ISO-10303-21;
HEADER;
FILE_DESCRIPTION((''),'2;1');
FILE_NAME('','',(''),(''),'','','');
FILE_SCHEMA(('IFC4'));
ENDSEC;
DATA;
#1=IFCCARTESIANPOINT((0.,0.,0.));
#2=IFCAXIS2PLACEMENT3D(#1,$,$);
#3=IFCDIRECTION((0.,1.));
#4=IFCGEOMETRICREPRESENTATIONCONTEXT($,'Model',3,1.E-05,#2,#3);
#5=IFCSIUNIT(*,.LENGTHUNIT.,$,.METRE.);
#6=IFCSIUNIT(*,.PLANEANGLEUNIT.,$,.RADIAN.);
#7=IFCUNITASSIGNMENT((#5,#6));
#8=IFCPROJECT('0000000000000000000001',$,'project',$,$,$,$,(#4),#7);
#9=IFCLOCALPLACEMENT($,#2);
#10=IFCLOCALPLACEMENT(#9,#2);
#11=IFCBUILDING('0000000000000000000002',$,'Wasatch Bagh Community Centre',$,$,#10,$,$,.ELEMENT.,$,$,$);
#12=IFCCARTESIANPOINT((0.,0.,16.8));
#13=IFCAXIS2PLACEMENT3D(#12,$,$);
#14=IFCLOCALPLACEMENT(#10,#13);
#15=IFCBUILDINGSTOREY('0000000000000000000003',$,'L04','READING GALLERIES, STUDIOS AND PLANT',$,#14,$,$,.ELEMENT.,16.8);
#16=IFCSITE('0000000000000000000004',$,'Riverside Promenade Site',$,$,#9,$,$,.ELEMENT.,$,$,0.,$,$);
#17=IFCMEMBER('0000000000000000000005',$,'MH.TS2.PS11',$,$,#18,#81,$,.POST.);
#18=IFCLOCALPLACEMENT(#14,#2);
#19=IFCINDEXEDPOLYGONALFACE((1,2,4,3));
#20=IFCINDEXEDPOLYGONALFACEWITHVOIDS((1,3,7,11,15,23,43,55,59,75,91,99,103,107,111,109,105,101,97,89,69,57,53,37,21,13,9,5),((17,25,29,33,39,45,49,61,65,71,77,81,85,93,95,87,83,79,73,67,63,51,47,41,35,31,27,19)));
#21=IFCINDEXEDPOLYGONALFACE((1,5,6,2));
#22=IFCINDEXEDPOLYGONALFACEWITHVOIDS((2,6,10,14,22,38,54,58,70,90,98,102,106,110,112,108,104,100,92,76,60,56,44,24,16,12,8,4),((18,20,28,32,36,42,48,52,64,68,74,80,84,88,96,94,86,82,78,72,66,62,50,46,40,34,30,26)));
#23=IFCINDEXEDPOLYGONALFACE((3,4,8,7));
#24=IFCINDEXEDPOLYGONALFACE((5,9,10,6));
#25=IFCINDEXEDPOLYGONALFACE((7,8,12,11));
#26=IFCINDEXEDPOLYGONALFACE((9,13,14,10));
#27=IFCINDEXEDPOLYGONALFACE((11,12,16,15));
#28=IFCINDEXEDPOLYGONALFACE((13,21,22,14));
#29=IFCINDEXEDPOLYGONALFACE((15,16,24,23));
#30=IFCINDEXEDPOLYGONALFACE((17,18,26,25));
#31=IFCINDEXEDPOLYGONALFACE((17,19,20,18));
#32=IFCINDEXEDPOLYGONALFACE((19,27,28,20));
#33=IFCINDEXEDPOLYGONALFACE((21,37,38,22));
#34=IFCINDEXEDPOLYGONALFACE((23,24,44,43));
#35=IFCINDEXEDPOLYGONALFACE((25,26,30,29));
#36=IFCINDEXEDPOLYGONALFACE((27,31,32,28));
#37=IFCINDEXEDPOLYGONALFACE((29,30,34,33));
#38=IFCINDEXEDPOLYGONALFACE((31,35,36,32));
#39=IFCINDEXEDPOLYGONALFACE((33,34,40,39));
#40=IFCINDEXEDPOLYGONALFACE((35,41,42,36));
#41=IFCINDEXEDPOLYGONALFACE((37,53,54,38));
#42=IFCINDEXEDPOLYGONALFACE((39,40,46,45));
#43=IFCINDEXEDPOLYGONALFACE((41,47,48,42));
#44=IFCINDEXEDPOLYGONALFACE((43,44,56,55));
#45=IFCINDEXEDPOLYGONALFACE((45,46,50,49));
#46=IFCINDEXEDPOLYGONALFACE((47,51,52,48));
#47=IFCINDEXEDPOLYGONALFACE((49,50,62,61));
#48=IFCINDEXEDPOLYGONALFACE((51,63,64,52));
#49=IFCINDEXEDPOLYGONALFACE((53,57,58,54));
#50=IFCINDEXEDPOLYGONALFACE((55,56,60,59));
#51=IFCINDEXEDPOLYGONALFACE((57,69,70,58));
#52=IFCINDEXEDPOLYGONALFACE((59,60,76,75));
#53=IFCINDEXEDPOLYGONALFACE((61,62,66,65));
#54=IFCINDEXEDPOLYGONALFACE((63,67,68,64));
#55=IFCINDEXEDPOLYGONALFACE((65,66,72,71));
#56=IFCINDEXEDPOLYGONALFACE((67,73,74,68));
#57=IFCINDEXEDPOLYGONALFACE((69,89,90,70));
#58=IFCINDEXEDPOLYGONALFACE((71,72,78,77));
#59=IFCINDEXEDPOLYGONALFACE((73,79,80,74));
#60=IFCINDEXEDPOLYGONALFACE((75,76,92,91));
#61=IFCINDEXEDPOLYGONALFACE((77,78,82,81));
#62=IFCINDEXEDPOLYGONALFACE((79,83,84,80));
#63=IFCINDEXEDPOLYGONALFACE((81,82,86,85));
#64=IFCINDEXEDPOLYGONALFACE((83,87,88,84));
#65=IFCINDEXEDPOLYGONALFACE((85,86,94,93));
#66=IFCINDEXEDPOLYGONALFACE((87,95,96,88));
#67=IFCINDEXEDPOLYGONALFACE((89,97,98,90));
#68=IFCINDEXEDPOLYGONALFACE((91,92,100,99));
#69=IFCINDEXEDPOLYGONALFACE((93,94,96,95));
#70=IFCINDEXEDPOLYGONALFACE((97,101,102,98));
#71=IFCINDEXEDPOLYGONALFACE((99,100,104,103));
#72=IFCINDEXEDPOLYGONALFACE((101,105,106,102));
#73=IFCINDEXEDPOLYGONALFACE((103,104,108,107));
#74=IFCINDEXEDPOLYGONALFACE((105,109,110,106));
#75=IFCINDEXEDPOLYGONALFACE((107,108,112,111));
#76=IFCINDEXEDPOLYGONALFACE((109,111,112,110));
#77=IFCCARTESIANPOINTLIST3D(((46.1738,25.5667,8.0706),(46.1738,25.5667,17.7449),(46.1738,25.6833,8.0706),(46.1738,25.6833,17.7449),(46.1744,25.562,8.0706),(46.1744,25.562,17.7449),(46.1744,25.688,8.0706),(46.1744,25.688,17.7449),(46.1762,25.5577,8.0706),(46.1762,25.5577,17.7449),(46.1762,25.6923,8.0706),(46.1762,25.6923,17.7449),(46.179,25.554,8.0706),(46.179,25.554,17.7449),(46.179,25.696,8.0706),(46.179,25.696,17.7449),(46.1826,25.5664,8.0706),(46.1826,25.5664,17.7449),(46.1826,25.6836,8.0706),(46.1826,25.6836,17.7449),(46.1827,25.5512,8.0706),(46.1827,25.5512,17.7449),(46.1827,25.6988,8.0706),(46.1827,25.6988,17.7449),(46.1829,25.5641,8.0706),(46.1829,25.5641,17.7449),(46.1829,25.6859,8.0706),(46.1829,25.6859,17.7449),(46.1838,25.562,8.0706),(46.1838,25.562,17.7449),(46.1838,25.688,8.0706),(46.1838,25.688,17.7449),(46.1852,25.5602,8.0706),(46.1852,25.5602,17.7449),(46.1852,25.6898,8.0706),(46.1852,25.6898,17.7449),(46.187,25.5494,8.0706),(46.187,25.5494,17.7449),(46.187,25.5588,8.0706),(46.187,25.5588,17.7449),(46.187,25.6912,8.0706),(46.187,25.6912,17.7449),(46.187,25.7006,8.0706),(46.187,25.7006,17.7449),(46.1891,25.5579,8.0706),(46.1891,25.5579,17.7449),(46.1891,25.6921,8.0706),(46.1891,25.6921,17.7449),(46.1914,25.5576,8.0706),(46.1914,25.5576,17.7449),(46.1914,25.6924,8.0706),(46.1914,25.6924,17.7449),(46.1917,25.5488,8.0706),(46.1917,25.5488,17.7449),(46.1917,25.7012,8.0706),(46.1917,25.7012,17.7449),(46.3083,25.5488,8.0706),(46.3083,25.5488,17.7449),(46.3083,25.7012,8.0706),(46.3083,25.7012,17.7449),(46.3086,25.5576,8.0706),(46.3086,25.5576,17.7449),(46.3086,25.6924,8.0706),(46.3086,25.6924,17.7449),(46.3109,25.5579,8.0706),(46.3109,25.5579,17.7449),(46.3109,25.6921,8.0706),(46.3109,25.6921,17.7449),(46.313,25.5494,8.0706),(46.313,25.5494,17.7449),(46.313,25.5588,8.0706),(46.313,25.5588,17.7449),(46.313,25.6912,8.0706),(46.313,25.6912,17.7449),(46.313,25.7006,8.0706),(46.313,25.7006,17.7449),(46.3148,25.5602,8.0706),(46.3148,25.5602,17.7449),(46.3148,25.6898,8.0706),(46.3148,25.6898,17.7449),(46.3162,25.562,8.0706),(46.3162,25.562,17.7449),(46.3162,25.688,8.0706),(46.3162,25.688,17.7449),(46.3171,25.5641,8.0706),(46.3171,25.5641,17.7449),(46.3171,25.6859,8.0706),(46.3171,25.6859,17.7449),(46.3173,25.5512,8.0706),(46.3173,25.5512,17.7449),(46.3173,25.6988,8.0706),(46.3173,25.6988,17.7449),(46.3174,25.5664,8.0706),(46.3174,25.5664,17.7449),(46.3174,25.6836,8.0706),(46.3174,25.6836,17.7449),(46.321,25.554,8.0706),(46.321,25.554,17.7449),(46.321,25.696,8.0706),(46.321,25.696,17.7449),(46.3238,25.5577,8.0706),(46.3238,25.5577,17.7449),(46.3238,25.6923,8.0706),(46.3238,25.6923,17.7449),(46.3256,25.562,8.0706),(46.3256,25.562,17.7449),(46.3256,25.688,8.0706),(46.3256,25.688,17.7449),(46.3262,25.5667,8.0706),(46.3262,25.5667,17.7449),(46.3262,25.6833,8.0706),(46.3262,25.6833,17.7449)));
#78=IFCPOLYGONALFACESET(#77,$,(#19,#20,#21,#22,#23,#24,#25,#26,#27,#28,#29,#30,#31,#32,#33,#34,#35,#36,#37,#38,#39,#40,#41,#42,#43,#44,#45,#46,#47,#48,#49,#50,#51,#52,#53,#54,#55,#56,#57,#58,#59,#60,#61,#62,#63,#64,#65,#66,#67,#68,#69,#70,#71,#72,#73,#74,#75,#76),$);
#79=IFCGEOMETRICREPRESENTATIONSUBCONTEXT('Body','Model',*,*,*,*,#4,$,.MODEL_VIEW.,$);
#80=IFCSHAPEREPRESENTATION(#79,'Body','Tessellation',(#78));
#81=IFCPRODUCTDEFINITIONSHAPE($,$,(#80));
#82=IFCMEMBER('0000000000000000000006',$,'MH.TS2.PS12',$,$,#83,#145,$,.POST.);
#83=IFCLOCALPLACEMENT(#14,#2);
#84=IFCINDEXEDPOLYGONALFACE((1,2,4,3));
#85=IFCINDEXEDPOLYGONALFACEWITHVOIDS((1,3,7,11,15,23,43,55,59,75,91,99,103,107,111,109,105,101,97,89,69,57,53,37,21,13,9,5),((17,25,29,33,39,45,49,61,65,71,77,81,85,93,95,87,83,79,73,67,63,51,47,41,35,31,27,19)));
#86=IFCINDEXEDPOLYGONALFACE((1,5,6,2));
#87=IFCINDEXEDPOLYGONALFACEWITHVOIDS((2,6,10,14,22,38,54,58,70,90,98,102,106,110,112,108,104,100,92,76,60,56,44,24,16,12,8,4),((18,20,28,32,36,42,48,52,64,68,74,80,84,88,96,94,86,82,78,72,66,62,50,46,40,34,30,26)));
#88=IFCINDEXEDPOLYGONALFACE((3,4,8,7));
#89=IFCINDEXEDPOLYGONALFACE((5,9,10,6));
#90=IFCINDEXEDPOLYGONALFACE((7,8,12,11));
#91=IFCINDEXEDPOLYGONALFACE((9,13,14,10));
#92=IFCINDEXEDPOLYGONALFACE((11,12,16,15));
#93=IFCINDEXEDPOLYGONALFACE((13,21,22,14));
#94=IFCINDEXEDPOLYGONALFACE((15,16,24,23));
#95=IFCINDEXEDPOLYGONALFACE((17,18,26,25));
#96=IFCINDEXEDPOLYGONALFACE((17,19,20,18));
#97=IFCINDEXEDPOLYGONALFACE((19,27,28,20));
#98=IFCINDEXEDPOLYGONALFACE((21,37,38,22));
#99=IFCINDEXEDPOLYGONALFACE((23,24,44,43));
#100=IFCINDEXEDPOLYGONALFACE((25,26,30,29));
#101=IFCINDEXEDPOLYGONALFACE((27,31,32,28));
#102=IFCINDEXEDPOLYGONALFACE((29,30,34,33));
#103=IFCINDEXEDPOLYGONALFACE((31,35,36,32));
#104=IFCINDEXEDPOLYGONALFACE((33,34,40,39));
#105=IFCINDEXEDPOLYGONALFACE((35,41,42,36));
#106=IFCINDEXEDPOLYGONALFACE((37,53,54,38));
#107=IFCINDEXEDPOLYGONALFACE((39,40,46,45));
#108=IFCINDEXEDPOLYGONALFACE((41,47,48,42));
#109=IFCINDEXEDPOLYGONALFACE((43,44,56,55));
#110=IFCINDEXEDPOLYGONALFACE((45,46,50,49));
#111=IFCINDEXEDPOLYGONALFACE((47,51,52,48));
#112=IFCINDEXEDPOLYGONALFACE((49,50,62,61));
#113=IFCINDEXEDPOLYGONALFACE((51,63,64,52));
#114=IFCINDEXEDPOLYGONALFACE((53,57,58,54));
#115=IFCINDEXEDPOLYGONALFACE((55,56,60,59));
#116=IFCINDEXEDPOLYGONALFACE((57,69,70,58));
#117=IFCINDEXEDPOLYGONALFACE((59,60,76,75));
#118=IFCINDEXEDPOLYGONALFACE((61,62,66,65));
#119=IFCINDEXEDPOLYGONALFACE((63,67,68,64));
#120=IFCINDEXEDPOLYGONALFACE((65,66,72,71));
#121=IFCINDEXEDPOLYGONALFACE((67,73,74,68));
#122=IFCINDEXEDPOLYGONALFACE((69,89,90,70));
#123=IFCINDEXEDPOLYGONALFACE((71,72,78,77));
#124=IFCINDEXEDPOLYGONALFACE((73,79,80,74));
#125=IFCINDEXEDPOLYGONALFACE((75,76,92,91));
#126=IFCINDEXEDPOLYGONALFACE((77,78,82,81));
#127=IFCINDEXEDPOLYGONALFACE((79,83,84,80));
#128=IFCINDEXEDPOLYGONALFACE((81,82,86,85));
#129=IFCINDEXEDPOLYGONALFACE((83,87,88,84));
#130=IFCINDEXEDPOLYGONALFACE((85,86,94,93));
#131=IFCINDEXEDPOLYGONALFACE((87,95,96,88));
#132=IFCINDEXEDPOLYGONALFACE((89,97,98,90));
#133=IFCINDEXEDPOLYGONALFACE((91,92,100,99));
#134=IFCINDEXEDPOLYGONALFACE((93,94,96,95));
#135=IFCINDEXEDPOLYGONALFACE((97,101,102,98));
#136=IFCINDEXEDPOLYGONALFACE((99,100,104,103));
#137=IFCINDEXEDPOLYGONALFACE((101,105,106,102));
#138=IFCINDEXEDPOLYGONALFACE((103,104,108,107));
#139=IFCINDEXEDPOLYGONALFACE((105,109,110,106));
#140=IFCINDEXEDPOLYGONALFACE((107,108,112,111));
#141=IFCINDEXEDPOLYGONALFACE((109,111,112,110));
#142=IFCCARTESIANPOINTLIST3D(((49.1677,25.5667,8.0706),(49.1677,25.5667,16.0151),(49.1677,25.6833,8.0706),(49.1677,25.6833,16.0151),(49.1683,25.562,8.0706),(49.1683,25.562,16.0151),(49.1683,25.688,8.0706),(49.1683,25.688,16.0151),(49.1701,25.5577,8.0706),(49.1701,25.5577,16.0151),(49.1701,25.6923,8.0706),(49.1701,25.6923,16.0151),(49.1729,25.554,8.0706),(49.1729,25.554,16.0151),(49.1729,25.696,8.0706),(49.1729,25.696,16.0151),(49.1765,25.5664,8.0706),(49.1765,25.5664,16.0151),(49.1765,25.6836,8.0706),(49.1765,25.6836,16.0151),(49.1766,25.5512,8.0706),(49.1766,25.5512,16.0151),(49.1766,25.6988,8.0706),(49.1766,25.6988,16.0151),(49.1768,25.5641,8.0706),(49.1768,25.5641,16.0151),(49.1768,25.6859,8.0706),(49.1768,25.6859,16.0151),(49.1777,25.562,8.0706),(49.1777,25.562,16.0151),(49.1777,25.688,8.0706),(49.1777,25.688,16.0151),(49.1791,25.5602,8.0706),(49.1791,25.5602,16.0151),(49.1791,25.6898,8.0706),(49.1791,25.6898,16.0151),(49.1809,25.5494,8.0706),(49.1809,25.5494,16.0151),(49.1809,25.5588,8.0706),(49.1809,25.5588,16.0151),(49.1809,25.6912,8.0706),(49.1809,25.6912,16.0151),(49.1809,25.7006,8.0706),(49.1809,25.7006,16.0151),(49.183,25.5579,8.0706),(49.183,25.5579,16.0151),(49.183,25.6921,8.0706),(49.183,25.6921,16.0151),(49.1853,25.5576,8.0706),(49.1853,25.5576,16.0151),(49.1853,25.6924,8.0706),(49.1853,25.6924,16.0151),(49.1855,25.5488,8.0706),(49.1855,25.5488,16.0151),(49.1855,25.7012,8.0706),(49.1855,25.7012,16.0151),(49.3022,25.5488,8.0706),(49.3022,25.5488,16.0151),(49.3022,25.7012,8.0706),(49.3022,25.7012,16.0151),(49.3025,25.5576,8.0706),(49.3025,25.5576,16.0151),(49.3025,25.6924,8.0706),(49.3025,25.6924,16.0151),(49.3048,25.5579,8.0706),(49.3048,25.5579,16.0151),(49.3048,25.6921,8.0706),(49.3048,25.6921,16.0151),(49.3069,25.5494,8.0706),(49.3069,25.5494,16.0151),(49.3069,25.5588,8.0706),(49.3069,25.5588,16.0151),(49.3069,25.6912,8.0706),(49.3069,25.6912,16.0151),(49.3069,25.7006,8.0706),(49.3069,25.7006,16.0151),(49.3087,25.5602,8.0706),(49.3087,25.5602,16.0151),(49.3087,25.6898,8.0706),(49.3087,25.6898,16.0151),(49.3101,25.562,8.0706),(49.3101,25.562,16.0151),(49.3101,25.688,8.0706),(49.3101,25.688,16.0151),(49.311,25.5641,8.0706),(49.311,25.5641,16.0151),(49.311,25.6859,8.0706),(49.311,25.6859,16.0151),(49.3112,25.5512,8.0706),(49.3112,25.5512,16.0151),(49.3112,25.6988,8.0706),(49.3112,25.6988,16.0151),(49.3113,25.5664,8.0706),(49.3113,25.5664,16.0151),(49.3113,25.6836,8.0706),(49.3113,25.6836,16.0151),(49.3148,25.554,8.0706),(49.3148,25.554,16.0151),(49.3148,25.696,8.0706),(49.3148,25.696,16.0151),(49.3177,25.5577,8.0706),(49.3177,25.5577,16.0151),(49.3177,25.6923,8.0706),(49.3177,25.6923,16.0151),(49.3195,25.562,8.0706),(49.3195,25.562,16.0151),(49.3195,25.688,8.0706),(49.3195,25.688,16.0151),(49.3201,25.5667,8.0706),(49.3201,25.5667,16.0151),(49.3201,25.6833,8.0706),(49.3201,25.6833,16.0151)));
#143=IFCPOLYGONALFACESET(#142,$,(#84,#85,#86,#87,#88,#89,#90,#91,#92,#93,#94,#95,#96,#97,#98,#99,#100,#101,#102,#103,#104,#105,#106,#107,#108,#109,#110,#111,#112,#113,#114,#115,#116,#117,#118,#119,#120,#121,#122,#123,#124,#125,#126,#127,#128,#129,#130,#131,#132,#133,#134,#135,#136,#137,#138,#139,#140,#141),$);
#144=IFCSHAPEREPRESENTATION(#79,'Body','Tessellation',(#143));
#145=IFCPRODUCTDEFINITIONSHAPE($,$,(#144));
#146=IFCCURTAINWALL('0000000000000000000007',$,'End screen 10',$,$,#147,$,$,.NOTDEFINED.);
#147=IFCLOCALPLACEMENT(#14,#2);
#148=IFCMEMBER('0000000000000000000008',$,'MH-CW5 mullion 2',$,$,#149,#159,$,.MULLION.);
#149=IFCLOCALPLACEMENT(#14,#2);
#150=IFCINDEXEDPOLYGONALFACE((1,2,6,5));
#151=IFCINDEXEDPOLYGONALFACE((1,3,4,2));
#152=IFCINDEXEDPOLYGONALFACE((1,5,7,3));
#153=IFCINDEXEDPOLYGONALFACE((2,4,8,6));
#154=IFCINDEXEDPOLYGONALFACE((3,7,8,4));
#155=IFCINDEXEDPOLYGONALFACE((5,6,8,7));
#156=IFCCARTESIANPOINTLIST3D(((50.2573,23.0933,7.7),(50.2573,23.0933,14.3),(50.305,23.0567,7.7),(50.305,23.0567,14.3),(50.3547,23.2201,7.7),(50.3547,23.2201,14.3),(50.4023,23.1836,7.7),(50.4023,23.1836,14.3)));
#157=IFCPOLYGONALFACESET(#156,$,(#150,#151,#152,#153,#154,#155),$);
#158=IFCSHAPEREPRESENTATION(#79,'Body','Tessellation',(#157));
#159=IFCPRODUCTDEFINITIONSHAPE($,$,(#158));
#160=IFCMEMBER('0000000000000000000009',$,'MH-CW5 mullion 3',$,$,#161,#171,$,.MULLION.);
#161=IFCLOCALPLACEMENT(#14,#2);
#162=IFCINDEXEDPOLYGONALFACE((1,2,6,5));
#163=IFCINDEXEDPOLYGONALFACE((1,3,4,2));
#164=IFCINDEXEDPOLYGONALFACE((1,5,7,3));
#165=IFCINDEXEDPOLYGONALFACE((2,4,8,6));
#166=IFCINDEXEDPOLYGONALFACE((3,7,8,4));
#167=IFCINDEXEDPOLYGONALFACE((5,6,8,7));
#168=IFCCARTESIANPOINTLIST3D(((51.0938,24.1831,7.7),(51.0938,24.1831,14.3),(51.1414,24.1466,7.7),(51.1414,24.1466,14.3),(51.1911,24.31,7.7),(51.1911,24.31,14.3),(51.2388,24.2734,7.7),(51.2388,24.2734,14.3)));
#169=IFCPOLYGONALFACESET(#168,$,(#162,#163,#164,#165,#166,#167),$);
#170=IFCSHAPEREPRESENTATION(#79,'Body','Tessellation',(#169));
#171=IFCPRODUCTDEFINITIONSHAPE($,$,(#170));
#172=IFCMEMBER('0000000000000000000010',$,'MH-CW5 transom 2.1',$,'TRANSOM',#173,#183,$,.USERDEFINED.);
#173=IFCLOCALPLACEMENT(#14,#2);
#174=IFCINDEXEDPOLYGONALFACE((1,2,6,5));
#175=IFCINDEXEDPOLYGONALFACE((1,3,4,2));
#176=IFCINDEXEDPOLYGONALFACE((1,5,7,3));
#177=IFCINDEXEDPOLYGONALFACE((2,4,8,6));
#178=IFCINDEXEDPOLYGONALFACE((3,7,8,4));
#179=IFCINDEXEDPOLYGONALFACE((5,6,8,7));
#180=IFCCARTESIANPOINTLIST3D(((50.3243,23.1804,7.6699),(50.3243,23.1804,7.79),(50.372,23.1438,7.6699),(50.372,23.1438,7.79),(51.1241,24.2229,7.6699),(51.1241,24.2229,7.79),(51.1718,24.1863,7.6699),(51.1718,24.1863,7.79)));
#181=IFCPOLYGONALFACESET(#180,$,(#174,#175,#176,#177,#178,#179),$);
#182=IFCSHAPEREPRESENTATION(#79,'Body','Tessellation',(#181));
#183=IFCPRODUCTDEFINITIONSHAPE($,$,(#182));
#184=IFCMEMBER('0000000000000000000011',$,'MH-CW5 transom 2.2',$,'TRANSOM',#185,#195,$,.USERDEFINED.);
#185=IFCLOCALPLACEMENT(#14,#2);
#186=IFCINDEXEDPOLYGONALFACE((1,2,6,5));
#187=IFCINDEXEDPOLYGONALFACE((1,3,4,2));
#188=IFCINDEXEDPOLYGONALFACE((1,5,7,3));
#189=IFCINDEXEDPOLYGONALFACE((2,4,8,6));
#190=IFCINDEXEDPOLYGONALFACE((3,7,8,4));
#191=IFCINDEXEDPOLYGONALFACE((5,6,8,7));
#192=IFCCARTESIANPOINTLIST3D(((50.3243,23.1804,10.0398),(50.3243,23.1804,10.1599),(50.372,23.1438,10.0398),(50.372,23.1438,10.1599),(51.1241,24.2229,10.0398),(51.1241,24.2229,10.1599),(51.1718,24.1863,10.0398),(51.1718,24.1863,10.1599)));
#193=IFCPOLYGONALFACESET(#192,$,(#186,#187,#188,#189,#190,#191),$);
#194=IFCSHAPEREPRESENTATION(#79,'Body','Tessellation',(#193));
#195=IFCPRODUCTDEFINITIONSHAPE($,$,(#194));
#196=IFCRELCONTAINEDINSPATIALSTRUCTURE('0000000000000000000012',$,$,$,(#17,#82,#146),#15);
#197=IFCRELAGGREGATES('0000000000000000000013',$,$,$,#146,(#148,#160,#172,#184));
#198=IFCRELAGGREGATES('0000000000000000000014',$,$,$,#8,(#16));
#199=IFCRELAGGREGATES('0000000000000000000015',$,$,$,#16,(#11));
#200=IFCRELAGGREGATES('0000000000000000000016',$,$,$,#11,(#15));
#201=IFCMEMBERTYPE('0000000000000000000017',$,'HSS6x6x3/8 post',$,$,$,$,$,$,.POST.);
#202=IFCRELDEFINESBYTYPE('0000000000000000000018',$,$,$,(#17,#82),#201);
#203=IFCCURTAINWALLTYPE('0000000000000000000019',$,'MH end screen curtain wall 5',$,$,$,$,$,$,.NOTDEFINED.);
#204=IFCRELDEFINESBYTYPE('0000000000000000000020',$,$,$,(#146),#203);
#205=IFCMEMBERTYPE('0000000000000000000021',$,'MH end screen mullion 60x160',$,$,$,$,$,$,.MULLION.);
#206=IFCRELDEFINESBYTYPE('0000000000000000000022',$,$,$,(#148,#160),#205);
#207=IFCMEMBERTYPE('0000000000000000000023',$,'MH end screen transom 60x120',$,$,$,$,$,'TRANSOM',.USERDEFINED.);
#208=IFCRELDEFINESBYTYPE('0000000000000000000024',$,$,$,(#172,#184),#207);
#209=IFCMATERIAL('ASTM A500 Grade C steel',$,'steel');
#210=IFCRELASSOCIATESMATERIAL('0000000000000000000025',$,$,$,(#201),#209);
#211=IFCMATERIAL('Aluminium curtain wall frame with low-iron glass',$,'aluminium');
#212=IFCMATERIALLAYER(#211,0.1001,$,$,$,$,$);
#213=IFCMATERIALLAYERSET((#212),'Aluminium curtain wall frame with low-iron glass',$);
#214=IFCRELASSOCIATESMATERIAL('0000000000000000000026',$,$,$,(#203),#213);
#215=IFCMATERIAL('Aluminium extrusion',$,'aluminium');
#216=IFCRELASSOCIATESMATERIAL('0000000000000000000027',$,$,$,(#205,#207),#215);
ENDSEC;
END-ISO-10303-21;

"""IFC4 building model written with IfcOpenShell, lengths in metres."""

from ifc_helpers import new_model, si_unit, direction, frame, origin, origin_2d, place, context, subcontext, project, spatial, rectangle, hollow_rectangle, extrude, material, layer, layer_set, material_profile, profile_set, type_object, element, aggregate, save


model = new_model("IFC4")

# Units and contexts
model_context = context("Model", 3, precision=1e-05, world=origin(), true_north=direction((0.0, 1.0)))
body_context = subcontext(model_context, "Body", "Model", "MODEL_VIEW")
ifc_project = project(units=[si_unit("LENGTHUNIT", "METRE"), si_unit("PLANEANGLEUNIT", "RADIAN")], contexts=[model_context])

# Site, building, storey
site_placement = place(None, origin())
site = spatial("IfcSite", under=ifc_project, at=site_placement, Name="Riverside Promenade Site", CompositionType="ELEMENT", RefElevation=0.0)
building_placement = place(site_placement, origin())
building = spatial("IfcBuilding", under=site, at=building_placement, Name="Wasatch Bagh Community Centre", CompositionType="ELEMENT")
storey_placement = place(building_placement, frame((0.0, 0.0, 16.8)))
storey = spatial("IfcBuildingStorey", under=building, at=storey_placement, Name="L04", Description="READING GALLERIES, STUDIOS AND PLANT", CompositionType="ELEMENT", Elevation=16.8)

# Members
ifc_material_1 = material(Name="ASTM A500 Grade C steel", Category="steel")
ifc_material_profile_1 = material_profile(ifc_material_1, hollow_rectangle(XDim=0.1523, YDim=0.1523, WallThickness=0.0088, InnerFilletRadius=0.0088, OuterFilletRadius=0.0178, at=origin_2d()), Name="HSS6x6x3/8")
ifc_profile_set_1 = profile_set([ifc_material_profile_1], Name="ASTM A500 Grade C steel")
member_type_1 = type_object("IfcMemberType", Name="HSS6x6x3/8 post", PredefinedType="POST", material=ifc_profile_set_1)
member_1_placement = place(storey_placement, frame((46.25, 25.625, 8.0706), z_axis=(0.0, 0.0, 1.0), x_axis=(1.0, 0.0, 0.0)))
element("IfcMember", 1, at=member_1_placement, inside=storey, type_object=member_type_1, Name="MH.TS2.PS11", PredefinedType="POST", context=body_context, shape_type="SweptSolid", body=[
    extrude(hollow_rectangle(XDim=0.1523, YDim=0.1523, WallThickness=0.0088, InnerFilletRadius=0.0088, OuterFilletRadius=0.0178, at=origin_2d()), origin(), (0.0, 0.0, 1.0), 9.6743),
])
member_2_placement = place(storey_placement, frame((49.2439, 25.625, 8.0706), z_axis=(0.0, 0.0, 1.0), x_axis=(1.0, 0.0, 0.0)))
element("IfcMember", 2, at=member_2_placement, inside=storey, type_object=member_type_1, Name="MH.TS2.PS12", PredefinedType="POST", context=body_context, shape_type="SweptSolid", body=[
    extrude(hollow_rectangle(XDim=0.1523, YDim=0.1523, WallThickness=0.0088, InnerFilletRadius=0.0088, OuterFilletRadius=0.0178, at=origin_2d()), origin(), (0.0, 0.0, 1.0), 7.9446),
])

# Curtain wall, members
ifc_material_2 = material(Name="Aluminium curtain wall frame with low-iron glass", Category="aluminium")
ifc_layer_1 = layer(ifc_material_2, 0.1001)
ifc_layer_set_1 = layer_set([ifc_layer_1], Name="Aluminium curtain wall frame with low-iron glass")
curtain_wall_type = type_object("IfcCurtainWallType", Name="MH end screen curtain wall 5", PredefinedType="NOTDEFINED", material=ifc_layer_set_1)
curtain_wall_placement = place(storey_placement, origin())
curtain_wall = element("IfcCurtainWall", 3, at=curtain_wall_placement, inside=storey, type_object=curtain_wall_type, Name="End screen 10", PredefinedType="NOTDEFINED")
ifc_material_3 = material(Name="Aluminium extrusion", Category="aluminium")
ifc_material_profile_2 = material_profile(ifc_material_3, rectangle(XDim=0.0601, YDim=0.1599, at=origin_2d()), Name="AL 60x160")
ifc_profile_set_2 = profile_set([ifc_material_profile_2], Name="Aluminium extrusion")
member_type_2 = type_object("IfcMemberType", Name="MH end screen mullion 60x160", PredefinedType="MULLION", material=ifc_profile_set_2)
member_3_placement = place(storey_placement, frame((50.3298, 23.1384, 7.7), z_axis=(0.0, 0.0, 1.0), x_axis=(-0.793353, 0.608761, 0.0)))
member_3 = element("IfcMember", 4, at=member_3_placement, type_object=member_type_2, Name="MH-CW5 mullion 2", PredefinedType="MULLION", context=body_context, shape_type="SweptSolid", body=[
    extrude(rectangle(XDim=0.0601, YDim=0.1599, at=origin_2d()), origin(), (0.0, 0.0, 1.0), 6.6001),
])
member_4_placement = place(storey_placement, frame((51.1663, 24.2283, 7.7), z_axis=(0.0, 0.0, 1.0), x_axis=(-0.793353, 0.608761, 0.0)))
member_4 = element("IfcMember", 5, at=member_4_placement, type_object=member_type_2, Name="MH-CW5 mullion 3", PredefinedType="MULLION", context=body_context, shape_type="SweptSolid", body=[
    extrude(rectangle(XDim=0.0601, YDim=0.1599, at=origin_2d()), origin(), (0.0, 0.0, 1.0), 6.6001),
])
ifc_material_profile_3 = material_profile(ifc_material_3, rectangle(XDim=0.0601, YDim=0.1201, at=origin_2d()), Name="AL 60x120")
ifc_profile_set_3 = profile_set([ifc_material_profile_3], Name="Aluminium extrusion")
member_type_3 = type_object("IfcMemberType", Name="MH end screen transom 60x120", ElementType="TRANSOM", PredefinedType="USERDEFINED", material=ifc_profile_set_3)
member_5_placement = place(storey_placement, frame((50.3481, 23.1621, 7.73), z_axis=(0.608705, 0.793397, 0.0), x_axis=(-0.793397, 0.608705, 0.0)))
member_5 = element("IfcMember", 6, at=member_5_placement, type_object=member_type_3, Name="MH-CW5 transom 2.1", ObjectType="TRANSOM", PredefinedType="USERDEFINED", context=body_context, shape_type="SweptSolid", body=[
    extrude(rectangle(XDim=0.0601, YDim=0.1201, at=origin_2d()), origin(), (0.0, 0.0, 1.0), 1.314),
])
member_6_placement = place(storey_placement, frame((50.3481, 23.1621, 10.0999), z_axis=(0.608705, 0.793397, 0.0), x_axis=(-0.793397, 0.608705, 0.0)))
member_6 = element("IfcMember", 7, at=member_6_placement, type_object=member_type_3, Name="MH-CW5 transom 2.2", ObjectType="TRANSOM", PredefinedType="USERDEFINED", context=body_context, shape_type="SweptSolid", body=[
    extrude(rectangle(XDim=0.0601, YDim=0.1201, at=origin_2d()), origin(), (0.0, 0.0, 1.0), 1.314),
])

aggregate(curtain_wall, [member_3, member_4, member_5, member_6])

save(model, "model.ifc")
